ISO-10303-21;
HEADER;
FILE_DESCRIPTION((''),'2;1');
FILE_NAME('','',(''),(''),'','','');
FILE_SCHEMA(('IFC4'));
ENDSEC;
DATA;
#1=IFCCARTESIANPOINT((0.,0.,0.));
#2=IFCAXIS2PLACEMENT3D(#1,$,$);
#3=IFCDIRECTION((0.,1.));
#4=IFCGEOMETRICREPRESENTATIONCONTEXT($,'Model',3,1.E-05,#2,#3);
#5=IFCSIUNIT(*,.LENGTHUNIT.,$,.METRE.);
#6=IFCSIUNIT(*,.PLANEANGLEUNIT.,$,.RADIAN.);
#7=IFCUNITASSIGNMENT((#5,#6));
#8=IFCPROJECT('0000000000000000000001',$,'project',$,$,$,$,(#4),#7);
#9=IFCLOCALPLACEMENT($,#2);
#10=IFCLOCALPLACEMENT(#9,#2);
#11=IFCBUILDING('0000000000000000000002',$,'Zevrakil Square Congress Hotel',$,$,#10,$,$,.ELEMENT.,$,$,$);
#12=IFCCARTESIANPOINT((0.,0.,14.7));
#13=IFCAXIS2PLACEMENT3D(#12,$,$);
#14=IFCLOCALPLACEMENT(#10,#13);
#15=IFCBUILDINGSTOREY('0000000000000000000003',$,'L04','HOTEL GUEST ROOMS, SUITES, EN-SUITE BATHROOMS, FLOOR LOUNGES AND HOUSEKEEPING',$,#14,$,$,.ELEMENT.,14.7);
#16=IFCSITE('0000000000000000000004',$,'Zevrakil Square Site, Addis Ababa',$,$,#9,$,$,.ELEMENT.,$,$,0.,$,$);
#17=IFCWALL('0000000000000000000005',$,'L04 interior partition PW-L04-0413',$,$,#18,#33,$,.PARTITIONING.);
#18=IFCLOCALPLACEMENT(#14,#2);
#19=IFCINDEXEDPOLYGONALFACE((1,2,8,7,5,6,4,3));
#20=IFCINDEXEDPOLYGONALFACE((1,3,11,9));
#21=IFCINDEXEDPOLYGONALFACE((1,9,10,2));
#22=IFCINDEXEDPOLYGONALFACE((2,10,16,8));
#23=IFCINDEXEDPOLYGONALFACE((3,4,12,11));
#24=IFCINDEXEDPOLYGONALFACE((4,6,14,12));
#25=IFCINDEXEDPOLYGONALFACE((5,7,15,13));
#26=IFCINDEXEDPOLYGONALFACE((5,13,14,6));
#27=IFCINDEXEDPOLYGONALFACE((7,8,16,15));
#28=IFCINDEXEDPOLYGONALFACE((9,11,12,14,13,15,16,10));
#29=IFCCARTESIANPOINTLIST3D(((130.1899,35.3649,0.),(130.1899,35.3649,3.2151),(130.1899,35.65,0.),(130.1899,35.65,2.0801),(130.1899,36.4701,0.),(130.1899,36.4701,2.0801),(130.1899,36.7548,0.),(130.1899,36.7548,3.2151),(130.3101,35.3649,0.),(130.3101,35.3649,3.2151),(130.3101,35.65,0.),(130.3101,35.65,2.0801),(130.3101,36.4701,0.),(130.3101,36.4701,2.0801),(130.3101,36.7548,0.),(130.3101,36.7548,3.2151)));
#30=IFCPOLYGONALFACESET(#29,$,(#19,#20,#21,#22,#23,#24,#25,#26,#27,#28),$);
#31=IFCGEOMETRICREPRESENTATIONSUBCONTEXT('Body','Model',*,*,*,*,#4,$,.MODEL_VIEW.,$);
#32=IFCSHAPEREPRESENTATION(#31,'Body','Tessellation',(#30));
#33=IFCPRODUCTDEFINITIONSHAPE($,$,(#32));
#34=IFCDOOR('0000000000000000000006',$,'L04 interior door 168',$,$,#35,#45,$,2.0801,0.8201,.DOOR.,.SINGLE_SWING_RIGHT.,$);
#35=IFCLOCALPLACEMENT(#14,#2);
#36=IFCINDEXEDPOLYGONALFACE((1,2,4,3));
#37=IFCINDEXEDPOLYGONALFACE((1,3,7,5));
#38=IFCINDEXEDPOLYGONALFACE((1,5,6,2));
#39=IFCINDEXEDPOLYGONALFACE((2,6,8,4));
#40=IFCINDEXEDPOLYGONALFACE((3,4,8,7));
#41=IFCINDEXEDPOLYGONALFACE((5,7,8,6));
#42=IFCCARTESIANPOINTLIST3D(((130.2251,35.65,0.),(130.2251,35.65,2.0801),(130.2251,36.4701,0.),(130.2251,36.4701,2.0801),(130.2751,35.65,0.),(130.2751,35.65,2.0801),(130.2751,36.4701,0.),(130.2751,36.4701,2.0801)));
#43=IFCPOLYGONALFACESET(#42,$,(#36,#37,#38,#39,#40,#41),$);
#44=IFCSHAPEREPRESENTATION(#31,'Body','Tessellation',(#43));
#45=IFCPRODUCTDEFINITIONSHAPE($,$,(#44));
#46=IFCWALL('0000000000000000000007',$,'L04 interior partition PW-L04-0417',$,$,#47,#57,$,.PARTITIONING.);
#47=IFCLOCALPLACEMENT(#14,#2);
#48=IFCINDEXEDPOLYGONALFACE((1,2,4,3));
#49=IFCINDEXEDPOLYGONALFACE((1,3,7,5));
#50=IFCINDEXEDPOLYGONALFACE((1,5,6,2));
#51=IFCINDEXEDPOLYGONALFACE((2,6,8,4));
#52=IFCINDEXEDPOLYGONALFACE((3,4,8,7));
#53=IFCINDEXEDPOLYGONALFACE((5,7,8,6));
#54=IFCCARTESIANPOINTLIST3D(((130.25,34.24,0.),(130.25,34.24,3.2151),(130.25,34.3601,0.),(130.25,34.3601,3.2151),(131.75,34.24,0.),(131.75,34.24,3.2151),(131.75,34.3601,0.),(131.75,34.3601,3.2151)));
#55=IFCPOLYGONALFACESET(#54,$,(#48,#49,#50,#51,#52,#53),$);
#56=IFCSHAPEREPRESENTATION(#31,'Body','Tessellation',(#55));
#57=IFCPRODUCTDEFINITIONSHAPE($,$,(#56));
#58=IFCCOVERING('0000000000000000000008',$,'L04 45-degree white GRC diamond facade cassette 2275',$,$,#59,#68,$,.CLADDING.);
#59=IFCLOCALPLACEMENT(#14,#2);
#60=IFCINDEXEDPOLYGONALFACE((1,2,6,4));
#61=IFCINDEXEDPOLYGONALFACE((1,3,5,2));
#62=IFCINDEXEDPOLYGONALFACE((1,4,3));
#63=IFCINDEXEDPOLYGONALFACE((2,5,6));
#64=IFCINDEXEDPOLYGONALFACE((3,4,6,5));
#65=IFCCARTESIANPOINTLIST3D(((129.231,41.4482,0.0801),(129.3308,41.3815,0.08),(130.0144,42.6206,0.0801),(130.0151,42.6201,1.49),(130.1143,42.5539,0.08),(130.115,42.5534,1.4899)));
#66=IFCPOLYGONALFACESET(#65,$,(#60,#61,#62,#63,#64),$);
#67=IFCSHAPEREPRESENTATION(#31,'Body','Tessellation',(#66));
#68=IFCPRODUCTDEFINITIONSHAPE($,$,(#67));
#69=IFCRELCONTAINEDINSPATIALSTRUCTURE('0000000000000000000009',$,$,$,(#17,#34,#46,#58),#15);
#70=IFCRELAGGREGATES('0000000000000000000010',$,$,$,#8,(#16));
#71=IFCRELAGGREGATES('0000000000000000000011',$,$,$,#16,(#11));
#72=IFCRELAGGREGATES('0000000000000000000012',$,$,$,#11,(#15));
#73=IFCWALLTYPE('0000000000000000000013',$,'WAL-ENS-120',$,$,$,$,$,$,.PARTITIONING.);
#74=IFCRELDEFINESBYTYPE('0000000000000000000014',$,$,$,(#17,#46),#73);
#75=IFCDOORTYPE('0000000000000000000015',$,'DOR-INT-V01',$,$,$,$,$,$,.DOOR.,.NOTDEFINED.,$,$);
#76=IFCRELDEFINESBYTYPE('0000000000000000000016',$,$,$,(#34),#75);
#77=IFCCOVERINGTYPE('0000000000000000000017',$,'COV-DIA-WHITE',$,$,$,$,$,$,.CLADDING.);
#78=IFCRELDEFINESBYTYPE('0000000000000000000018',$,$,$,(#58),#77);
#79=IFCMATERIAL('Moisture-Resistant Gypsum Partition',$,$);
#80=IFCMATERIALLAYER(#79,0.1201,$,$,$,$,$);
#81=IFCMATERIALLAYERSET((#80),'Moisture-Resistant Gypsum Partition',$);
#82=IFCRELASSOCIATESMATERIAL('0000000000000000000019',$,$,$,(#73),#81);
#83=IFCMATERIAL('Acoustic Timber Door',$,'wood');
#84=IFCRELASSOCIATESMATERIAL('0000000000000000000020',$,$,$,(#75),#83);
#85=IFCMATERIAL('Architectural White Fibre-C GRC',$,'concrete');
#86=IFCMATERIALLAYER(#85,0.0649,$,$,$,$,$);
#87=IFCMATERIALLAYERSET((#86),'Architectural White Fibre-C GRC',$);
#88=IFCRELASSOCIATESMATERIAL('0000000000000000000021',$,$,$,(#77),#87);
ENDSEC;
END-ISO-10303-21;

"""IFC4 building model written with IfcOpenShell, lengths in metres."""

from ifc_helpers import new_model, si_unit, direction, frame, frame_2d, origin, place, context, subcontext, project, spatial, polyline, rectangle, outline, extrude, material, layer, layer_set, type_object, element, fill, save


model = new_model("IFC4")

# Units and contexts
model_context = context("Model", 3, precision=1e-05, world=origin(), true_north=direction((0.0, 1.0)))
body_context = subcontext(model_context, "Body", "Model", "MODEL_VIEW")
ifc_project = project(units=[si_unit("LENGTHUNIT", "METRE"), si_unit("PLANEANGLEUNIT", "RADIAN")], contexts=[model_context])

# Site, building, storey
site_placement = place(None, origin())
site = spatial("IfcSite", under=ifc_project, at=site_placement, Name="Zevrakil Square Site, Addis Ababa", CompositionType="ELEMENT", RefElevation=0.0)
building_placement = place(site_placement, origin())
building = spatial("IfcBuilding", under=site, at=building_placement, Name="Zevrakil Square Congress Hotel", CompositionType="ELEMENT")
storey_placement = place(building_placement, frame((0.0, 0.0, 14.7)))
storey = spatial("IfcBuildingStorey", under=building, at=storey_placement, Name="L04", Description="HOTEL GUEST ROOMS, SUITES, EN-SUITE BATHROOMS, FLOOR LOUNGES AND HOUSEKEEPING", CompositionType="ELEMENT", Elevation=14.7)

# Shared definitions
ifc_material_1 = material(Name="Moisture-Resistant Gypsum Partition")
ifc_layer_1 = layer(ifc_material_1, 0.1201)
ifc_layer_set_1 = layer_set([ifc_layer_1], Name="Moisture-Resistant Gypsum Partition")
wall_type = type_object("IfcWallType", Name="WAL-ENS-120", PredefinedType="PARTITIONING", material=ifc_layer_set_1)

# Shared definitions
ifc_material_2 = material(Name="Acoustic Timber Door", Category="wood")
door_type = type_object("IfcDoorType", Name="DOR-INT-V01", OperationType="NOTDEFINED", PredefinedType="DOOR", material=ifc_material_2)

# Wall, opening, door
wall_1_placement = place(storey_placement, frame((130.25, 35.365, 0.0), z_axis=(0.0, 0.0, 1.0), x_axis=(0.0, 1.0, 0.0)))
wall_1 = element("IfcWall", 1, at=wall_1_placement, inside=storey, type_object=wall_type, Name="L04 interior partition PW-L04-0413", PredefinedType="PARTITIONING", context=body_context, shape_type="SweptSolid", body=[
    extrude(rectangle(XDim=1.3899, YDim=0.1201, at=frame_2d((0.6948, 0.0))), origin(), (0.0, 0.0, 1.0), 3.2151),
])
opening_1_placement = place(wall_1_placement, frame((0.2849, 0.0, 0.0)))
opening_1 = element("IfcOpeningElement", 2, at=opening_1_placement, cuts=wall_1, PredefinedType="OPENING", context=body_context, shape_type="SweptSolid", body=[
    extrude(rectangle(XDim=0.8201, YDim=2.0801, at=frame_2d((0.4102, 1.04))), frame((0.0, 0.0701, 0.0), z_axis=(0.0, -1.0, 0.0), x_axis=(1.0, 0.0, 0.0)), (0.0, 0.0, 1.0), 0.1401),
])
door_1_placement = place(opening_1_placement, origin())
door_1 = element("IfcDoor", 3, at=door_1_placement, inside=storey, type_object=door_type, Name="L04 interior door 168", OperationType="SINGLE_SWING_RIGHT", OverallHeight=2.0801, OverallWidth=0.8201, PredefinedType="DOOR", context=body_context, shape_type="SweptSolid", body=[
    extrude(rectangle(XDim=0.8201, YDim=2.0801, at=frame_2d((0.4102, 1.04))), frame((0.0, 0.0249, 0.0), z_axis=(0.0, -1.0, 0.0), x_axis=(1.0, 0.0, 0.0)), (0.0, 0.0, 1.0), 0.05),
])
fill(opening_1, door_1)

# Wall
wall_2_placement = place(storey_placement, frame((130.25, 34.3, 0.0), z_axis=(0.0, 0.0, 1.0), x_axis=(1.0, 0.0, 0.0)))
element("IfcWall", 4, at=wall_2_placement, inside=storey, type_object=wall_type, Name="L04 interior partition PW-L04-0417", PredefinedType="PARTITIONING", context=body_context, shape_type="SweptSolid", body=[
    extrude(rectangle(XDim=1.5, YDim=0.1201, at=frame_2d((0.75, 0.0))), origin(), (0.0, 0.0, 1.0), 3.2151),
])

# Covering
ifc_material_3 = material(Name="Architectural White Fibre-C GRC", Category="concrete")
ifc_layer_2 = layer(ifc_material_3, 0.0649)
ifc_layer_set_2 = layer_set([ifc_layer_2], Name="Architectural White Fibre-C GRC")
covering_type = type_object("IfcCoveringType", Name="COV-DIA-WHITE", PredefinedType="CLADDING", material=ifc_layer_set_2)
covering_placement = place(storey_placement, frame((129.231, 41.4482, 0.0801), z_axis=(-0.831437, 0.555619, 0.000624), x_axis=(0.555619, 0.831437, 0.0)))
element("IfcCovering", 5, at=covering_placement, inside=storey, type_object=covering_type, Name="L04 45-degree white GRC diamond facade cassette 2275", PredefinedType="CLADDING", context=body_context, shape_type="SweptSolid", body=[
    extrude(outline(polyline([(0.0, 0.0), (1.41, 0.0), (1.41, -1.4099), (0.0, 0.0)])), origin(), (0.0, 0.0, -1.0), 0.1201),
])

save(model, "model.ifc")
